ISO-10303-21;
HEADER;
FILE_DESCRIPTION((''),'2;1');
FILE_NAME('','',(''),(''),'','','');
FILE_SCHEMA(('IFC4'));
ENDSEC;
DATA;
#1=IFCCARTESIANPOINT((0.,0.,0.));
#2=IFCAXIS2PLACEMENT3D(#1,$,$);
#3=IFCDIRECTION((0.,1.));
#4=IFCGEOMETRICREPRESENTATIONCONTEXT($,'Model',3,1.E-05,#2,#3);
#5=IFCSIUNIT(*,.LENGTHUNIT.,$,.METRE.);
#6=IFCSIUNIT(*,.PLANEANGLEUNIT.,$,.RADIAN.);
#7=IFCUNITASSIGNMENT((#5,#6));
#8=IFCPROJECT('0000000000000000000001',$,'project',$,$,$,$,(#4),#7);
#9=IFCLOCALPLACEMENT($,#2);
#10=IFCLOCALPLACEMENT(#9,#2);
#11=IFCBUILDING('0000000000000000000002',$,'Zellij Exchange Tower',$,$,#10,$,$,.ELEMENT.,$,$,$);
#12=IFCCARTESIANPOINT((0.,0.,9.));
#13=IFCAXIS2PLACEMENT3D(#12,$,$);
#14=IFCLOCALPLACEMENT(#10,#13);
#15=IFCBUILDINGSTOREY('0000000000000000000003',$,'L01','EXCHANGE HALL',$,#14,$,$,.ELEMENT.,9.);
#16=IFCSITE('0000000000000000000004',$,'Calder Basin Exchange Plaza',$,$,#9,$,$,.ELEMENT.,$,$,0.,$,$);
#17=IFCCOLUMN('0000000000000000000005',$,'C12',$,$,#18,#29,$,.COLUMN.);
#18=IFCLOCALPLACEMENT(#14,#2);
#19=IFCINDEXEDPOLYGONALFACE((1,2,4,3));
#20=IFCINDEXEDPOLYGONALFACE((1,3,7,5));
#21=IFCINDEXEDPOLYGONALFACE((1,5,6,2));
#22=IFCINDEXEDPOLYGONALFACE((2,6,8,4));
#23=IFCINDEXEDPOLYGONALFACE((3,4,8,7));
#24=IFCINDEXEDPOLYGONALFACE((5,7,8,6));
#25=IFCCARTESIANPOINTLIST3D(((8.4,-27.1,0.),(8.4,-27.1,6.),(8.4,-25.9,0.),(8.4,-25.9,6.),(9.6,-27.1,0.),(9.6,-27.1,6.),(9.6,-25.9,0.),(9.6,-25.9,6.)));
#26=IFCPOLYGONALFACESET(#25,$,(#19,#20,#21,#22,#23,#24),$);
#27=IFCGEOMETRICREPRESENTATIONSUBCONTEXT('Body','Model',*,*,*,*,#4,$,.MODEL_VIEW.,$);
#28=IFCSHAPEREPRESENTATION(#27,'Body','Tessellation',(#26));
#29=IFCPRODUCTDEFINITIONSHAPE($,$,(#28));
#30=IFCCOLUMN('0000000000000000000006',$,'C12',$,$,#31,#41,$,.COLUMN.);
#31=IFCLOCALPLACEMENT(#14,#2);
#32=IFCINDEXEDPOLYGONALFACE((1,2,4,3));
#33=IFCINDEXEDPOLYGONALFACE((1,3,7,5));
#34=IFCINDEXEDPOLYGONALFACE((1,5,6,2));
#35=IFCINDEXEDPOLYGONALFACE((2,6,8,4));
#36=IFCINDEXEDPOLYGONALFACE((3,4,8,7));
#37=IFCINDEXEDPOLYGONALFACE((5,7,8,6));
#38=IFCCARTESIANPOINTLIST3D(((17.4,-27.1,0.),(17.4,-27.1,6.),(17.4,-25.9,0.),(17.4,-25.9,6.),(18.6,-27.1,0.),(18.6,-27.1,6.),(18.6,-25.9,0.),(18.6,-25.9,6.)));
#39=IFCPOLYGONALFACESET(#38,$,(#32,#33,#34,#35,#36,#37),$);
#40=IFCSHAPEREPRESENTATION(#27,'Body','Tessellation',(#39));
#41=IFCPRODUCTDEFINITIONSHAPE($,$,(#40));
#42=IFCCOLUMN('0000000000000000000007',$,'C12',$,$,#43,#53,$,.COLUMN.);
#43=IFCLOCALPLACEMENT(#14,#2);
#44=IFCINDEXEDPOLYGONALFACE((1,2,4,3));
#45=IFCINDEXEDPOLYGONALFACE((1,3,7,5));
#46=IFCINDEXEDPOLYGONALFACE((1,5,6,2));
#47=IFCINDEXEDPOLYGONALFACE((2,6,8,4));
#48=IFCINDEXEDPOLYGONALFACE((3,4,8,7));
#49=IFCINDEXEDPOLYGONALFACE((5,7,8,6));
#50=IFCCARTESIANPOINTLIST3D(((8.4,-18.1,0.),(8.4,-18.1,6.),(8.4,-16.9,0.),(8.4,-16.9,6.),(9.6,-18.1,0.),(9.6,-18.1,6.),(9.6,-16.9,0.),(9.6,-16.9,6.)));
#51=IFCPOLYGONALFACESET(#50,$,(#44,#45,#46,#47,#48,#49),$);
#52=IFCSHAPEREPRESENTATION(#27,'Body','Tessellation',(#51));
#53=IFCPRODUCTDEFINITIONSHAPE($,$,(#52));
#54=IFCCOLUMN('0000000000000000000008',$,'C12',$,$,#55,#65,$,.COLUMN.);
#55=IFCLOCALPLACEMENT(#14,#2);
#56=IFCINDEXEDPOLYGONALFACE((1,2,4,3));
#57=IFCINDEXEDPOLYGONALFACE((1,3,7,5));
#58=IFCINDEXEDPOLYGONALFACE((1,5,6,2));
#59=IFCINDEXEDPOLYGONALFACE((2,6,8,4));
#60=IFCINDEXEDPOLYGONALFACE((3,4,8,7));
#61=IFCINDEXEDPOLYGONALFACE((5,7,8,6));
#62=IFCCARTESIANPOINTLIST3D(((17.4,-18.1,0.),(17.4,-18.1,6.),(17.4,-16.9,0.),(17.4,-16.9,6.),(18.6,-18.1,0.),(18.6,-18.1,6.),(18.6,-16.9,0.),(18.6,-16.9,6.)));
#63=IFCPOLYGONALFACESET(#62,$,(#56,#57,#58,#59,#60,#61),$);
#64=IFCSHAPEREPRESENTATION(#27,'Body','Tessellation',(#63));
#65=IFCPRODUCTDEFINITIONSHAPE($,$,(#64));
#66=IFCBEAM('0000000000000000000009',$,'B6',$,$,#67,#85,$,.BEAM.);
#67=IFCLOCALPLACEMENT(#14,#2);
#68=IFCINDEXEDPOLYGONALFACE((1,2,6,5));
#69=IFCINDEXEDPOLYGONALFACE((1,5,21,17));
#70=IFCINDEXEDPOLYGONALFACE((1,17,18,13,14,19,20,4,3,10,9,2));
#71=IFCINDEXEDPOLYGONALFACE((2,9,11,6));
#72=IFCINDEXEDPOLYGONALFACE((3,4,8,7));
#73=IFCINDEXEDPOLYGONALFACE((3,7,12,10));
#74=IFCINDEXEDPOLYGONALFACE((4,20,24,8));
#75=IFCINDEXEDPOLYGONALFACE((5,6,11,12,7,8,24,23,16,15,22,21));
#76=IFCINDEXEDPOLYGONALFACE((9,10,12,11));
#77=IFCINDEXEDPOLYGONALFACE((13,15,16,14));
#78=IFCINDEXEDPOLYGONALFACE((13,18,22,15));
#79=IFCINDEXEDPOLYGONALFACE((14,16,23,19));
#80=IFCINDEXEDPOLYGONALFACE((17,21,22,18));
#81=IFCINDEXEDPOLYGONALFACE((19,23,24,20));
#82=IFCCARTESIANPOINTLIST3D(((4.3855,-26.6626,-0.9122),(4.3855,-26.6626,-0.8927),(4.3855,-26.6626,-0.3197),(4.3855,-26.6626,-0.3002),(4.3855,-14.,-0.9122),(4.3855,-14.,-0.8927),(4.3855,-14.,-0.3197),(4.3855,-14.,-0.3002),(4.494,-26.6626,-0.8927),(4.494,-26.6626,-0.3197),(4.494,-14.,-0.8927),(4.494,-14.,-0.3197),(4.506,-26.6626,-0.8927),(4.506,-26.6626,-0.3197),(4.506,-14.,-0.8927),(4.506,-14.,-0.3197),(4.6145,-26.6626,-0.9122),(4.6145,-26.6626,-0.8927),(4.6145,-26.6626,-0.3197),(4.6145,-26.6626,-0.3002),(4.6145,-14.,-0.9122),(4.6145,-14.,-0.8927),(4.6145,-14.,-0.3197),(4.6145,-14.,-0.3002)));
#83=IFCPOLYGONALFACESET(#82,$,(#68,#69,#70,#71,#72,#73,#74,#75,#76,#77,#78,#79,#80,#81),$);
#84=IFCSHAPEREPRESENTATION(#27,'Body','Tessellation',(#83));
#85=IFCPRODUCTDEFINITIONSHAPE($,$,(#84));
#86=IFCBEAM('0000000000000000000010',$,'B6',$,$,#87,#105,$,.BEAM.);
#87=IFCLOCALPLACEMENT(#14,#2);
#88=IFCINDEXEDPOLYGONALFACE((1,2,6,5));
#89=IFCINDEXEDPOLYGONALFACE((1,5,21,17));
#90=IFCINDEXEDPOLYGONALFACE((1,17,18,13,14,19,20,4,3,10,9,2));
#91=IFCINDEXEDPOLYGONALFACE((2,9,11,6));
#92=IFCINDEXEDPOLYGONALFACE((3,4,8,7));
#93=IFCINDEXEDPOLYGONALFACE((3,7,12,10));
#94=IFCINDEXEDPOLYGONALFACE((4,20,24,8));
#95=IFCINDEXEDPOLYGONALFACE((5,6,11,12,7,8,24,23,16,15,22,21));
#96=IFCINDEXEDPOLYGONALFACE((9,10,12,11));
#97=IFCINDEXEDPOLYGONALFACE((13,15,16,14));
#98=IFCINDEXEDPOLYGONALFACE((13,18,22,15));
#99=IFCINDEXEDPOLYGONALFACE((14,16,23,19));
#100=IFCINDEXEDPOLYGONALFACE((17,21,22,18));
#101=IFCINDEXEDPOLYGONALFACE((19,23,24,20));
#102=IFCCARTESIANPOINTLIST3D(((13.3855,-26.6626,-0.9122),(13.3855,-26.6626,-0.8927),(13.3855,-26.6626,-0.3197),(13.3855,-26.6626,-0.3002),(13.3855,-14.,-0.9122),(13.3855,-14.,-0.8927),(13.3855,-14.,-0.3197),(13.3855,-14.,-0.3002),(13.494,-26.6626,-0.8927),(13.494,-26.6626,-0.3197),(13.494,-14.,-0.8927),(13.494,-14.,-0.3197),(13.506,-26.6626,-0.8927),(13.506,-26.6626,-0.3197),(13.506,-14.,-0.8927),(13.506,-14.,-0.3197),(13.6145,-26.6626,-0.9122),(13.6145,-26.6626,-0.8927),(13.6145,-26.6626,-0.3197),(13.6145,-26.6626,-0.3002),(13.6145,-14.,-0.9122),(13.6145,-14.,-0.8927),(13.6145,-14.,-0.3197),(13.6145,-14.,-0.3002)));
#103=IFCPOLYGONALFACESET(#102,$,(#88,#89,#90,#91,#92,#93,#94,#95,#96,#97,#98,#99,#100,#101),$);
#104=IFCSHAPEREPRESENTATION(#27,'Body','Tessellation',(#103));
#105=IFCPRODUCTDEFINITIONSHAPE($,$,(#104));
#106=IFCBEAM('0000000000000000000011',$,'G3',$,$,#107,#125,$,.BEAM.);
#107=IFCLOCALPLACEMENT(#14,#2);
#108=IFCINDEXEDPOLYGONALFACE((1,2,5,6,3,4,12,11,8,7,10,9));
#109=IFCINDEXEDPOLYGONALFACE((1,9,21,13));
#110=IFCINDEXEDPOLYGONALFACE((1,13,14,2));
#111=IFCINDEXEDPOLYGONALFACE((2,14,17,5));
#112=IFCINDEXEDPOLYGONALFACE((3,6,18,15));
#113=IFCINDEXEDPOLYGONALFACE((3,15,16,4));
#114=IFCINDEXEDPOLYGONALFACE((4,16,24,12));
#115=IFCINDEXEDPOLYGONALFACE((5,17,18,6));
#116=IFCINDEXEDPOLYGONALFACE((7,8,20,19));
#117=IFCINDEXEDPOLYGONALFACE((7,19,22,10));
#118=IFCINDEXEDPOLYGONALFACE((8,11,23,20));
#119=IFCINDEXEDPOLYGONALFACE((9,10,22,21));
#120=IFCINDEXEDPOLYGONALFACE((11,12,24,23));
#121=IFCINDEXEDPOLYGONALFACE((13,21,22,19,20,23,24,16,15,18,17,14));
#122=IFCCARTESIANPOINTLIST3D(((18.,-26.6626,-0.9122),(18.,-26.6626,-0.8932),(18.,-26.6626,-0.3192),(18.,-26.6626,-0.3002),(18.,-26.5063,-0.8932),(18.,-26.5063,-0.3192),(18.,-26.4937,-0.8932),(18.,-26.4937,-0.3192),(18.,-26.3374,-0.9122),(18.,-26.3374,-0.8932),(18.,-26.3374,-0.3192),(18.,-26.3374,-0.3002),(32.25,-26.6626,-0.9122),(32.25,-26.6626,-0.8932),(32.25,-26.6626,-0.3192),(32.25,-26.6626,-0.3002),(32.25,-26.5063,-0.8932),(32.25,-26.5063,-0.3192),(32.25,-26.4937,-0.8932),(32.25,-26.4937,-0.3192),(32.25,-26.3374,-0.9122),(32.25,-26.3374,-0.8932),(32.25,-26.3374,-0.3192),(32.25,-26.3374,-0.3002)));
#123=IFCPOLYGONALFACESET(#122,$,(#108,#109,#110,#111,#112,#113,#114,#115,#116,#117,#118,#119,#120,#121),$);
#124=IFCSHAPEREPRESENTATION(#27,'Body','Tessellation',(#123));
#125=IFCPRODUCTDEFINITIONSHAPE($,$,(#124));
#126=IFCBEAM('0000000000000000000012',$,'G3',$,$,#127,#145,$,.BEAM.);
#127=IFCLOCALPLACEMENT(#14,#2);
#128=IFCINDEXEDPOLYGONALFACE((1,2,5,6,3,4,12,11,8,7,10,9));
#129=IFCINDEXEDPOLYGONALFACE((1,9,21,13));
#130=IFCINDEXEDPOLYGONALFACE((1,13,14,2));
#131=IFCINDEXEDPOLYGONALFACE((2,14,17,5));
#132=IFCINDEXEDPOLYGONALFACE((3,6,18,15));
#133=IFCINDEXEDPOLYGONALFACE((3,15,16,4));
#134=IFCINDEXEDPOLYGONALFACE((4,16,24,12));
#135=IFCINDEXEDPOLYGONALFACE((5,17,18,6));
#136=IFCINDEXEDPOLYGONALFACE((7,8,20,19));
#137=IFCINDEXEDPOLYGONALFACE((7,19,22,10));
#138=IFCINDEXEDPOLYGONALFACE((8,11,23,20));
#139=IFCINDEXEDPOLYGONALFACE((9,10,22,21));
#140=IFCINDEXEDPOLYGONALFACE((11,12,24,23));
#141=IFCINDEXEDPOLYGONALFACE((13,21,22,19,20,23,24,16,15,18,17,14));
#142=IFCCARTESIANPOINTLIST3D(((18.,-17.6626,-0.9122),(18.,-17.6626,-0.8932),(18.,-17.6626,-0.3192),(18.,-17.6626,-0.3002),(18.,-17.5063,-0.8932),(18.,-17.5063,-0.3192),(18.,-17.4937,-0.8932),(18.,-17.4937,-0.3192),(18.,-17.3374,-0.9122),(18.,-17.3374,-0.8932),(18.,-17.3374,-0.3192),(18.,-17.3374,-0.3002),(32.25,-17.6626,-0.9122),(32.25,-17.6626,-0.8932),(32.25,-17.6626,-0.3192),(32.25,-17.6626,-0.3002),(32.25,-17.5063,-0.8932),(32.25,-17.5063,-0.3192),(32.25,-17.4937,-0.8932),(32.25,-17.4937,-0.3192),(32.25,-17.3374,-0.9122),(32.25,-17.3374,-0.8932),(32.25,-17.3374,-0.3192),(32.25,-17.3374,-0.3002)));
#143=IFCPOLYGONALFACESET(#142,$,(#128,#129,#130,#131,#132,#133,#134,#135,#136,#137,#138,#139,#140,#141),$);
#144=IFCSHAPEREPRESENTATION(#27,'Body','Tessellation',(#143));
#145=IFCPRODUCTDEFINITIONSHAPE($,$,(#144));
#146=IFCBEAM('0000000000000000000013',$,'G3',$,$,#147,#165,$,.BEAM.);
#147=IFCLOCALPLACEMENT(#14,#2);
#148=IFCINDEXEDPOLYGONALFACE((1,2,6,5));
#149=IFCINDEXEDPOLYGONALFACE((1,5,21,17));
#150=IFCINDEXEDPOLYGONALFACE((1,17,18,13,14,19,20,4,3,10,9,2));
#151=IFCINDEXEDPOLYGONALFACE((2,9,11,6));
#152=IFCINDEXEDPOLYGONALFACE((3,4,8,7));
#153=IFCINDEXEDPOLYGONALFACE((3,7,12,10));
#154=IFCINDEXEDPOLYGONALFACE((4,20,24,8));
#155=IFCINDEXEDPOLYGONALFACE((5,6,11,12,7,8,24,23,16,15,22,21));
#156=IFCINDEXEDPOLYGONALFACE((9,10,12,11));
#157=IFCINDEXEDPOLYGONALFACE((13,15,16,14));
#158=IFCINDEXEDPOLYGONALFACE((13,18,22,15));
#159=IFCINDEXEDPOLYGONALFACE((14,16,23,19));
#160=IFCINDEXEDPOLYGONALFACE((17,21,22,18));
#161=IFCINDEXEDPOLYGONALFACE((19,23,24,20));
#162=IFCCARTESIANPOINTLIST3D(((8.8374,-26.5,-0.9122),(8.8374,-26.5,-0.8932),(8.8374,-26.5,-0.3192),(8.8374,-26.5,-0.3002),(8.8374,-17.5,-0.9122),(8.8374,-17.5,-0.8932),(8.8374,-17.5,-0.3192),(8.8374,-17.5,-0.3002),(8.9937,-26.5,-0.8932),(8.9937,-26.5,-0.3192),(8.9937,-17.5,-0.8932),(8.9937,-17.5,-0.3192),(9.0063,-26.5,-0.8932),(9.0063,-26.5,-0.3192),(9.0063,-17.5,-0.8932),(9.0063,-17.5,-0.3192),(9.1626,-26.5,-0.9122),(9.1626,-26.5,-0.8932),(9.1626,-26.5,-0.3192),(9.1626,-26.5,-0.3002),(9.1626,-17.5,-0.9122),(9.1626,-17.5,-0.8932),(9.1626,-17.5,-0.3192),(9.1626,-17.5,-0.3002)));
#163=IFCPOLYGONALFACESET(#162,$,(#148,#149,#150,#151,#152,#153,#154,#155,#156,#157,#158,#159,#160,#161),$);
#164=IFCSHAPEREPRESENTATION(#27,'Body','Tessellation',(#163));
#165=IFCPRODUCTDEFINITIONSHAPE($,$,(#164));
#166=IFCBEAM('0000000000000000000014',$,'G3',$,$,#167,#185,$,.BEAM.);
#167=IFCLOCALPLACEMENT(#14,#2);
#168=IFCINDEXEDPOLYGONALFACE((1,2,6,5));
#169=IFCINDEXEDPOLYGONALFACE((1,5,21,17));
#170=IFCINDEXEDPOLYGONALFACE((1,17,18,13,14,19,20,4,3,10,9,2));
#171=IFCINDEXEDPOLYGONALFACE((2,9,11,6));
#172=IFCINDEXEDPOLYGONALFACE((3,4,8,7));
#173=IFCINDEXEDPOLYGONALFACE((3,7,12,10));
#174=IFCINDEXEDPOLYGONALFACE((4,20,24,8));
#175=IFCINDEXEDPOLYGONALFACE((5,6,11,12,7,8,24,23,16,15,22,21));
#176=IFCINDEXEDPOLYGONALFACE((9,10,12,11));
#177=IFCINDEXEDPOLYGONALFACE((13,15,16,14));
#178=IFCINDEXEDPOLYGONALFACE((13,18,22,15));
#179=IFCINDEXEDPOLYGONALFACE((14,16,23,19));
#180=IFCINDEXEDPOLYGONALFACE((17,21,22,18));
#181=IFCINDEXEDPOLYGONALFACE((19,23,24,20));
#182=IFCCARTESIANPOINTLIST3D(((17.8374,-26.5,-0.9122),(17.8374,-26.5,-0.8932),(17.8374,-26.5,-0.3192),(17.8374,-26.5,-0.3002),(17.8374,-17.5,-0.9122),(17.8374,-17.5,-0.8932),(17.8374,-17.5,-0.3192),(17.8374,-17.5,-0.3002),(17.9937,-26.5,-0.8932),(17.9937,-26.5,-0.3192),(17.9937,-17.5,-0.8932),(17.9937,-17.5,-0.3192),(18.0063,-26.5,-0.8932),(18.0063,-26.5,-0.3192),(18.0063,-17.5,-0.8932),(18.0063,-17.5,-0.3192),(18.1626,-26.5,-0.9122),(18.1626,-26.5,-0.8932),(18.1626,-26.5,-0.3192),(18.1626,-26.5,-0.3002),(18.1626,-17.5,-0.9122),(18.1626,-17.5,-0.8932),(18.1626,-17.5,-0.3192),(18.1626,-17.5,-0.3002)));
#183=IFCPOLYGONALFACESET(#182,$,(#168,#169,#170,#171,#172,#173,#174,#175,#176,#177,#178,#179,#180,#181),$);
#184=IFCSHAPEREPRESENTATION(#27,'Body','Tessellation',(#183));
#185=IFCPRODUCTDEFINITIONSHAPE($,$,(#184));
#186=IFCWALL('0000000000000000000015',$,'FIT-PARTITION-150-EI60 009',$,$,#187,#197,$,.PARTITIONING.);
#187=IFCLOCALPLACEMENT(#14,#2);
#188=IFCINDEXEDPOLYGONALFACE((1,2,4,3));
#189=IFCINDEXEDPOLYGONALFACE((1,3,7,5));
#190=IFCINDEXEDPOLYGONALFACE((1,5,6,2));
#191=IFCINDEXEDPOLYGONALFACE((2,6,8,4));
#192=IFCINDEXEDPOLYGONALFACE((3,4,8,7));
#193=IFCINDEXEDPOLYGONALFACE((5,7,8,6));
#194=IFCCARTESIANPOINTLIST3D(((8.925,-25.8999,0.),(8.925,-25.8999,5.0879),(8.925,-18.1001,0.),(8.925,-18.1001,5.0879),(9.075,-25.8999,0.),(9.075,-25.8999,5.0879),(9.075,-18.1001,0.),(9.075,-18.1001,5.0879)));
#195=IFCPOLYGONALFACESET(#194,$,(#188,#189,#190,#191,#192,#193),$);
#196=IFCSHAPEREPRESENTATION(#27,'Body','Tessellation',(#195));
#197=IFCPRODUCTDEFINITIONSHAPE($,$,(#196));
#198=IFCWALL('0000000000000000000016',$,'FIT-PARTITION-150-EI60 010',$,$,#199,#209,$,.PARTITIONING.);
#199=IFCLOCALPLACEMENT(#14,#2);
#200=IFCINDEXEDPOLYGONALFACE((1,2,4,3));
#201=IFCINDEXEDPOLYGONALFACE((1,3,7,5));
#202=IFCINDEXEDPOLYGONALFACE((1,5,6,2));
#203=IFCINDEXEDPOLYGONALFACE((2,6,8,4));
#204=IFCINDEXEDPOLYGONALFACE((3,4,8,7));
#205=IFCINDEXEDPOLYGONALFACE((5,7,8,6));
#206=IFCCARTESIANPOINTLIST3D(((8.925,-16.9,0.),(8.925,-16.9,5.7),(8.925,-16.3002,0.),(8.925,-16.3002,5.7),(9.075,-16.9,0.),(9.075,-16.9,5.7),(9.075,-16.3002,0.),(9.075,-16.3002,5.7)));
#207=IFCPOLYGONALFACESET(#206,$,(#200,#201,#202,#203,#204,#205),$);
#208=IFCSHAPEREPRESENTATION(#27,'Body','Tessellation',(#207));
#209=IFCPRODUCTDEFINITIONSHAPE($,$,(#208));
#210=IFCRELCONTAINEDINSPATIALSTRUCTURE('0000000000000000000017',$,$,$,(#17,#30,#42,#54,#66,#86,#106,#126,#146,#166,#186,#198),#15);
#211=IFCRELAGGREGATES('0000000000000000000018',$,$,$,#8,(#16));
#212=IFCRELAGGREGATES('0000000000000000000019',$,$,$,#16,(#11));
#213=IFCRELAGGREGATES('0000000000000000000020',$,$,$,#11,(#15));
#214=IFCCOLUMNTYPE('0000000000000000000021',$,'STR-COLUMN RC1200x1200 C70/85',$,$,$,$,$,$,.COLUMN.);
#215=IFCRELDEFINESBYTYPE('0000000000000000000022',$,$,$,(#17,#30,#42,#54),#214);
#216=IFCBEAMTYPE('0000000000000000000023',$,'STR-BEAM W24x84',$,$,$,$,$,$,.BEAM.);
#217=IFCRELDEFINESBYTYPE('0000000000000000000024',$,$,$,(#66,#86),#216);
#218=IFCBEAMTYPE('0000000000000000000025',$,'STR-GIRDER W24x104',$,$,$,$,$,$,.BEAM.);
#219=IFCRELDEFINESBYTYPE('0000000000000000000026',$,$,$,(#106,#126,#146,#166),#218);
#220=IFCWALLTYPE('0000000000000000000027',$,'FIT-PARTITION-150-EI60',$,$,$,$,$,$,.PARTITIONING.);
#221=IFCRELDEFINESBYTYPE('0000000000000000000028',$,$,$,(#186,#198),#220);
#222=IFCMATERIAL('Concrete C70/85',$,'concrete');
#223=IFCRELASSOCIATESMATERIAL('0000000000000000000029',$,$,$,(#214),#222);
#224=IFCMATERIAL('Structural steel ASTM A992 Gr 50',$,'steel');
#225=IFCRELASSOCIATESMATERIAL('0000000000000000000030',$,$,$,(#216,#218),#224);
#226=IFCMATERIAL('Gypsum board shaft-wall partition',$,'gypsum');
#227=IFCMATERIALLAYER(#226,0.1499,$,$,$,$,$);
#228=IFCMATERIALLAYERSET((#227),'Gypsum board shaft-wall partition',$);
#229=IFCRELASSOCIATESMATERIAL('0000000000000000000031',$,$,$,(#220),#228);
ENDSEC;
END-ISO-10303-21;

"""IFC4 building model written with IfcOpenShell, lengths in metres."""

from ifc_helpers import new_model, si_unit, direction, frame, frame_2d, origin, origin_2d, place, context, subcontext, project, spatial, rectangle, i_section, extrude, material, layer, layer_set, material_profile, profile_set, type_object, element, save


model = new_model("IFC4")

# Units and contexts
model_context = context("Model", 3, precision=1e-05, world=origin(), true_north=direction((0.0, 1.0)))
body_context = subcontext(model_context, "Body", "Model", "MODEL_VIEW")
ifc_project = project(units=[si_unit("LENGTHUNIT", "METRE"), si_unit("PLANEANGLEUNIT", "RADIAN")], contexts=[model_context])

# Site, building, storey
site_placement = place(None, origin())
site = spatial("IfcSite", under=ifc_project, at=site_placement, Name="Calder Basin Exchange Plaza", CompositionType="ELEMENT", RefElevation=0.0)
building_placement = place(site_placement, origin())
building = spatial("IfcBuilding", under=site, at=building_placement, Name="Zellij Exchange Tower", CompositionType="ELEMENT")
storey_placement = place(building_placement, frame((0.0, 0.0, 9.0)))
storey = spatial("IfcBuildingStorey", under=building, at=storey_placement, Name="L01", Description="EXCHANGE HALL", CompositionType="ELEMENT", Elevation=9.0)

# Columns
ifc_material_1 = material(Name="Concrete C70/85", Category="concrete")
ifc_material_profile_1 = material_profile(ifc_material_1, rectangle(XDim=1.2, YDim=1.2, at=origin_2d()), Name="STR-COLUMN RC1200x1200 C70/85")
ifc_profile_set_1 = profile_set([ifc_material_profile_1], Name="Concrete C70/85")
column_type = type_object("IfcColumnType", Name="STR-COLUMN RC1200x1200 C70/85", PredefinedType="COLUMN", material=ifc_profile_set_1)
for number, where, z_axis, x_axis, name in (
    (1, (9.0, -26.5, 0.0), (0.0, 0.0, 1.0), (1.0, 0.0, 0.0), "C12"),
    (2, (18.0, -26.5, 0.0), (0.0, 0.0, 1.0), (1.0, 0.0, 0.0), "C12"),
    (3, (9.0, -17.5, 0.0), (0.0, 0.0, 1.0), (1.0, 0.0, 0.0), "C12"),
    (4, (18.0, -17.5, 0.0), (0.0, 0.0, 1.0), (1.0, 0.0, 0.0), "C12"),
):
    element("IfcColumn", number, at=place(storey_placement, frame(where, z_axis=z_axis, x_axis=x_axis)), inside=storey, type_object=column_type, Name=name, PredefinedType="COLUMN", context=body_context, shape_type="SweptSolid", body=[
        extrude(rectangle(XDim=1.2, YDim=1.2, at=origin_2d()), origin(), (0.0, 0.0, 1.0), 6.0),
    ])

# Beams
ifc_material_2 = material(Name="Structural steel ASTM A992 Gr 50", Category="steel")
ifc_material_profile_2 = material_profile(ifc_material_2, i_section(OverallWidth=0.229, OverallDepth=0.6121, WebThickness=0.012, FlangeThickness=0.0195, at=origin_2d()), Name="W24x84")
ifc_profile_set_2 = profile_set([ifc_material_profile_2], Name="Structural steel ASTM A992 Gr 50")
beam_type_1 = type_object("IfcBeamType", Name="STR-BEAM W24x84", PredefinedType="BEAM", material=ifc_profile_set_2)
for number, where, z_axis, x_axis, name in (
    (5, (4.5, -26.6626, -0.6062), (0.0, 1.0, 0.0), (-1.0, 0.0, 0.0), "B6"),
    (6, (13.5, -26.6626, -0.6062), (0.0, 1.0, 0.0), (-1.0, 0.0, 0.0), "B6"),
):
    element("IfcBeam", number, at=place(storey_placement, frame(where, z_axis=z_axis, x_axis=x_axis)), inside=storey, type_object=beam_type_1, Name=name, PredefinedType="BEAM", context=body_context, shape_type="SweptSolid", body=[
        extrude(i_section(OverallWidth=0.229, OverallDepth=0.6121, WebThickness=0.012, FlangeThickness=0.0195, at=origin_2d()), origin(), (0.0, 0.0, 1.0), 12.6626),
    ])
ifc_material_profile_3 = material_profile(ifc_material_2, i_section(OverallWidth=0.3252, OverallDepth=0.6121, WebThickness=0.0127, FlangeThickness=0.019, at=origin_2d()), Name="W24x104")
ifc_profile_set_3 = profile_set([ifc_material_profile_3], Name="Structural steel ASTM A992 Gr 50")
beam_type_2 = type_object("IfcBeamType", Name="STR-GIRDER W24x104", PredefinedType="BEAM", material=ifc_profile_set_3)
for number, where, z_axis, x_axis, name in (
    (7, (18.0, -26.5, -0.6062), (1.0, 0.0, 0.0), (0.0, 1.0, 0.0), "G3"),
    (8, (18.0, -17.5, -0.6062), (1.0, 0.0, 0.0), (0.0, 1.0, 0.0), "G3"),
):
    element("IfcBeam", number, at=place(storey_placement, frame(where, z_axis=z_axis, x_axis=x_axis)), inside=storey, type_object=beam_type_2, Name=name, PredefinedType="BEAM", context=body_context, shape_type="SweptSolid", body=[
        extrude(i_section(OverallWidth=0.3252, OverallDepth=0.6121, WebThickness=0.0127, FlangeThickness=0.019, at=origin_2d()), origin(), (0.0, 0.0, 1.0), 14.25),
    ])
for number, where, z_axis, x_axis, name in (
    (9, (9.0, -26.5, -0.6062), (0.0, 1.0, 0.0), (-1.0, 0.0, 0.0), "G3"),
    (10, (18.0, -26.5, -0.6062), (0.0, 1.0, 0.0), (-1.0, 0.0, 0.0), "G3"),
):
    element("IfcBeam", number, at=place(storey_placement, frame(where, z_axis=z_axis, x_axis=x_axis)), inside=storey, type_object=beam_type_2, Name=name, PredefinedType="BEAM", context=body_context, shape_type="SweptSolid", body=[
        extrude(i_section(OverallWidth=0.3252, OverallDepth=0.6121, WebThickness=0.0127, FlangeThickness=0.019, at=origin_2d()), origin(), (0.0, 0.0, 1.0), 9.0),
    ])

# Walls
ifc_material_3 = material(Name="Gypsum board shaft-wall partition", Category="gypsum")
ifc_layer_1 = layer(ifc_material_3, 0.1499)
ifc_layer_set_1 = layer_set([ifc_layer_1], Name="Gypsum board shaft-wall partition")
wall_type = type_object("IfcWallType", Name="FIT-PARTITION-150-EI60", PredefinedType="PARTITIONING", material=ifc_layer_set_1)
wall_1_placement = place(storey_placement, frame((9.0, -25.8999, 0.0), z_axis=(0.0, 0.0, 1.0), x_axis=(0.0, 1.0, 0.0)))
element("IfcWall", 11, at=wall_1_placement, inside=storey, type_object=wall_type, Name="FIT-PARTITION-150-EI60 009", PredefinedType="PARTITIONING", context=body_context, shape_type="SweptSolid", body=[
    extrude(rectangle(XDim=7.7998, YDim=0.1499, at=frame_2d((3.8999, 0.0))), origin(), (0.0, 0.0, 1.0), 5.0879),
])
wall_2_placement = place(storey_placement, frame((9.0, -16.8999, 0.0), z_axis=(0.0, 0.0, 1.0), x_axis=(0.0, 1.0, 0.0)))
element("IfcWall", 12, at=wall_2_placement, inside=storey, type_object=wall_type, Name="FIT-PARTITION-150-EI60 010", PredefinedType="PARTITIONING", context=body_context, shape_type="SweptSolid", body=[
    extrude(rectangle(XDim=0.5999, YDim=0.1499, at=frame_2d((0.2998, 0.0))), origin(), (0.0, 0.0, 1.0), 5.7),
])

save(model, "model.ifc")
